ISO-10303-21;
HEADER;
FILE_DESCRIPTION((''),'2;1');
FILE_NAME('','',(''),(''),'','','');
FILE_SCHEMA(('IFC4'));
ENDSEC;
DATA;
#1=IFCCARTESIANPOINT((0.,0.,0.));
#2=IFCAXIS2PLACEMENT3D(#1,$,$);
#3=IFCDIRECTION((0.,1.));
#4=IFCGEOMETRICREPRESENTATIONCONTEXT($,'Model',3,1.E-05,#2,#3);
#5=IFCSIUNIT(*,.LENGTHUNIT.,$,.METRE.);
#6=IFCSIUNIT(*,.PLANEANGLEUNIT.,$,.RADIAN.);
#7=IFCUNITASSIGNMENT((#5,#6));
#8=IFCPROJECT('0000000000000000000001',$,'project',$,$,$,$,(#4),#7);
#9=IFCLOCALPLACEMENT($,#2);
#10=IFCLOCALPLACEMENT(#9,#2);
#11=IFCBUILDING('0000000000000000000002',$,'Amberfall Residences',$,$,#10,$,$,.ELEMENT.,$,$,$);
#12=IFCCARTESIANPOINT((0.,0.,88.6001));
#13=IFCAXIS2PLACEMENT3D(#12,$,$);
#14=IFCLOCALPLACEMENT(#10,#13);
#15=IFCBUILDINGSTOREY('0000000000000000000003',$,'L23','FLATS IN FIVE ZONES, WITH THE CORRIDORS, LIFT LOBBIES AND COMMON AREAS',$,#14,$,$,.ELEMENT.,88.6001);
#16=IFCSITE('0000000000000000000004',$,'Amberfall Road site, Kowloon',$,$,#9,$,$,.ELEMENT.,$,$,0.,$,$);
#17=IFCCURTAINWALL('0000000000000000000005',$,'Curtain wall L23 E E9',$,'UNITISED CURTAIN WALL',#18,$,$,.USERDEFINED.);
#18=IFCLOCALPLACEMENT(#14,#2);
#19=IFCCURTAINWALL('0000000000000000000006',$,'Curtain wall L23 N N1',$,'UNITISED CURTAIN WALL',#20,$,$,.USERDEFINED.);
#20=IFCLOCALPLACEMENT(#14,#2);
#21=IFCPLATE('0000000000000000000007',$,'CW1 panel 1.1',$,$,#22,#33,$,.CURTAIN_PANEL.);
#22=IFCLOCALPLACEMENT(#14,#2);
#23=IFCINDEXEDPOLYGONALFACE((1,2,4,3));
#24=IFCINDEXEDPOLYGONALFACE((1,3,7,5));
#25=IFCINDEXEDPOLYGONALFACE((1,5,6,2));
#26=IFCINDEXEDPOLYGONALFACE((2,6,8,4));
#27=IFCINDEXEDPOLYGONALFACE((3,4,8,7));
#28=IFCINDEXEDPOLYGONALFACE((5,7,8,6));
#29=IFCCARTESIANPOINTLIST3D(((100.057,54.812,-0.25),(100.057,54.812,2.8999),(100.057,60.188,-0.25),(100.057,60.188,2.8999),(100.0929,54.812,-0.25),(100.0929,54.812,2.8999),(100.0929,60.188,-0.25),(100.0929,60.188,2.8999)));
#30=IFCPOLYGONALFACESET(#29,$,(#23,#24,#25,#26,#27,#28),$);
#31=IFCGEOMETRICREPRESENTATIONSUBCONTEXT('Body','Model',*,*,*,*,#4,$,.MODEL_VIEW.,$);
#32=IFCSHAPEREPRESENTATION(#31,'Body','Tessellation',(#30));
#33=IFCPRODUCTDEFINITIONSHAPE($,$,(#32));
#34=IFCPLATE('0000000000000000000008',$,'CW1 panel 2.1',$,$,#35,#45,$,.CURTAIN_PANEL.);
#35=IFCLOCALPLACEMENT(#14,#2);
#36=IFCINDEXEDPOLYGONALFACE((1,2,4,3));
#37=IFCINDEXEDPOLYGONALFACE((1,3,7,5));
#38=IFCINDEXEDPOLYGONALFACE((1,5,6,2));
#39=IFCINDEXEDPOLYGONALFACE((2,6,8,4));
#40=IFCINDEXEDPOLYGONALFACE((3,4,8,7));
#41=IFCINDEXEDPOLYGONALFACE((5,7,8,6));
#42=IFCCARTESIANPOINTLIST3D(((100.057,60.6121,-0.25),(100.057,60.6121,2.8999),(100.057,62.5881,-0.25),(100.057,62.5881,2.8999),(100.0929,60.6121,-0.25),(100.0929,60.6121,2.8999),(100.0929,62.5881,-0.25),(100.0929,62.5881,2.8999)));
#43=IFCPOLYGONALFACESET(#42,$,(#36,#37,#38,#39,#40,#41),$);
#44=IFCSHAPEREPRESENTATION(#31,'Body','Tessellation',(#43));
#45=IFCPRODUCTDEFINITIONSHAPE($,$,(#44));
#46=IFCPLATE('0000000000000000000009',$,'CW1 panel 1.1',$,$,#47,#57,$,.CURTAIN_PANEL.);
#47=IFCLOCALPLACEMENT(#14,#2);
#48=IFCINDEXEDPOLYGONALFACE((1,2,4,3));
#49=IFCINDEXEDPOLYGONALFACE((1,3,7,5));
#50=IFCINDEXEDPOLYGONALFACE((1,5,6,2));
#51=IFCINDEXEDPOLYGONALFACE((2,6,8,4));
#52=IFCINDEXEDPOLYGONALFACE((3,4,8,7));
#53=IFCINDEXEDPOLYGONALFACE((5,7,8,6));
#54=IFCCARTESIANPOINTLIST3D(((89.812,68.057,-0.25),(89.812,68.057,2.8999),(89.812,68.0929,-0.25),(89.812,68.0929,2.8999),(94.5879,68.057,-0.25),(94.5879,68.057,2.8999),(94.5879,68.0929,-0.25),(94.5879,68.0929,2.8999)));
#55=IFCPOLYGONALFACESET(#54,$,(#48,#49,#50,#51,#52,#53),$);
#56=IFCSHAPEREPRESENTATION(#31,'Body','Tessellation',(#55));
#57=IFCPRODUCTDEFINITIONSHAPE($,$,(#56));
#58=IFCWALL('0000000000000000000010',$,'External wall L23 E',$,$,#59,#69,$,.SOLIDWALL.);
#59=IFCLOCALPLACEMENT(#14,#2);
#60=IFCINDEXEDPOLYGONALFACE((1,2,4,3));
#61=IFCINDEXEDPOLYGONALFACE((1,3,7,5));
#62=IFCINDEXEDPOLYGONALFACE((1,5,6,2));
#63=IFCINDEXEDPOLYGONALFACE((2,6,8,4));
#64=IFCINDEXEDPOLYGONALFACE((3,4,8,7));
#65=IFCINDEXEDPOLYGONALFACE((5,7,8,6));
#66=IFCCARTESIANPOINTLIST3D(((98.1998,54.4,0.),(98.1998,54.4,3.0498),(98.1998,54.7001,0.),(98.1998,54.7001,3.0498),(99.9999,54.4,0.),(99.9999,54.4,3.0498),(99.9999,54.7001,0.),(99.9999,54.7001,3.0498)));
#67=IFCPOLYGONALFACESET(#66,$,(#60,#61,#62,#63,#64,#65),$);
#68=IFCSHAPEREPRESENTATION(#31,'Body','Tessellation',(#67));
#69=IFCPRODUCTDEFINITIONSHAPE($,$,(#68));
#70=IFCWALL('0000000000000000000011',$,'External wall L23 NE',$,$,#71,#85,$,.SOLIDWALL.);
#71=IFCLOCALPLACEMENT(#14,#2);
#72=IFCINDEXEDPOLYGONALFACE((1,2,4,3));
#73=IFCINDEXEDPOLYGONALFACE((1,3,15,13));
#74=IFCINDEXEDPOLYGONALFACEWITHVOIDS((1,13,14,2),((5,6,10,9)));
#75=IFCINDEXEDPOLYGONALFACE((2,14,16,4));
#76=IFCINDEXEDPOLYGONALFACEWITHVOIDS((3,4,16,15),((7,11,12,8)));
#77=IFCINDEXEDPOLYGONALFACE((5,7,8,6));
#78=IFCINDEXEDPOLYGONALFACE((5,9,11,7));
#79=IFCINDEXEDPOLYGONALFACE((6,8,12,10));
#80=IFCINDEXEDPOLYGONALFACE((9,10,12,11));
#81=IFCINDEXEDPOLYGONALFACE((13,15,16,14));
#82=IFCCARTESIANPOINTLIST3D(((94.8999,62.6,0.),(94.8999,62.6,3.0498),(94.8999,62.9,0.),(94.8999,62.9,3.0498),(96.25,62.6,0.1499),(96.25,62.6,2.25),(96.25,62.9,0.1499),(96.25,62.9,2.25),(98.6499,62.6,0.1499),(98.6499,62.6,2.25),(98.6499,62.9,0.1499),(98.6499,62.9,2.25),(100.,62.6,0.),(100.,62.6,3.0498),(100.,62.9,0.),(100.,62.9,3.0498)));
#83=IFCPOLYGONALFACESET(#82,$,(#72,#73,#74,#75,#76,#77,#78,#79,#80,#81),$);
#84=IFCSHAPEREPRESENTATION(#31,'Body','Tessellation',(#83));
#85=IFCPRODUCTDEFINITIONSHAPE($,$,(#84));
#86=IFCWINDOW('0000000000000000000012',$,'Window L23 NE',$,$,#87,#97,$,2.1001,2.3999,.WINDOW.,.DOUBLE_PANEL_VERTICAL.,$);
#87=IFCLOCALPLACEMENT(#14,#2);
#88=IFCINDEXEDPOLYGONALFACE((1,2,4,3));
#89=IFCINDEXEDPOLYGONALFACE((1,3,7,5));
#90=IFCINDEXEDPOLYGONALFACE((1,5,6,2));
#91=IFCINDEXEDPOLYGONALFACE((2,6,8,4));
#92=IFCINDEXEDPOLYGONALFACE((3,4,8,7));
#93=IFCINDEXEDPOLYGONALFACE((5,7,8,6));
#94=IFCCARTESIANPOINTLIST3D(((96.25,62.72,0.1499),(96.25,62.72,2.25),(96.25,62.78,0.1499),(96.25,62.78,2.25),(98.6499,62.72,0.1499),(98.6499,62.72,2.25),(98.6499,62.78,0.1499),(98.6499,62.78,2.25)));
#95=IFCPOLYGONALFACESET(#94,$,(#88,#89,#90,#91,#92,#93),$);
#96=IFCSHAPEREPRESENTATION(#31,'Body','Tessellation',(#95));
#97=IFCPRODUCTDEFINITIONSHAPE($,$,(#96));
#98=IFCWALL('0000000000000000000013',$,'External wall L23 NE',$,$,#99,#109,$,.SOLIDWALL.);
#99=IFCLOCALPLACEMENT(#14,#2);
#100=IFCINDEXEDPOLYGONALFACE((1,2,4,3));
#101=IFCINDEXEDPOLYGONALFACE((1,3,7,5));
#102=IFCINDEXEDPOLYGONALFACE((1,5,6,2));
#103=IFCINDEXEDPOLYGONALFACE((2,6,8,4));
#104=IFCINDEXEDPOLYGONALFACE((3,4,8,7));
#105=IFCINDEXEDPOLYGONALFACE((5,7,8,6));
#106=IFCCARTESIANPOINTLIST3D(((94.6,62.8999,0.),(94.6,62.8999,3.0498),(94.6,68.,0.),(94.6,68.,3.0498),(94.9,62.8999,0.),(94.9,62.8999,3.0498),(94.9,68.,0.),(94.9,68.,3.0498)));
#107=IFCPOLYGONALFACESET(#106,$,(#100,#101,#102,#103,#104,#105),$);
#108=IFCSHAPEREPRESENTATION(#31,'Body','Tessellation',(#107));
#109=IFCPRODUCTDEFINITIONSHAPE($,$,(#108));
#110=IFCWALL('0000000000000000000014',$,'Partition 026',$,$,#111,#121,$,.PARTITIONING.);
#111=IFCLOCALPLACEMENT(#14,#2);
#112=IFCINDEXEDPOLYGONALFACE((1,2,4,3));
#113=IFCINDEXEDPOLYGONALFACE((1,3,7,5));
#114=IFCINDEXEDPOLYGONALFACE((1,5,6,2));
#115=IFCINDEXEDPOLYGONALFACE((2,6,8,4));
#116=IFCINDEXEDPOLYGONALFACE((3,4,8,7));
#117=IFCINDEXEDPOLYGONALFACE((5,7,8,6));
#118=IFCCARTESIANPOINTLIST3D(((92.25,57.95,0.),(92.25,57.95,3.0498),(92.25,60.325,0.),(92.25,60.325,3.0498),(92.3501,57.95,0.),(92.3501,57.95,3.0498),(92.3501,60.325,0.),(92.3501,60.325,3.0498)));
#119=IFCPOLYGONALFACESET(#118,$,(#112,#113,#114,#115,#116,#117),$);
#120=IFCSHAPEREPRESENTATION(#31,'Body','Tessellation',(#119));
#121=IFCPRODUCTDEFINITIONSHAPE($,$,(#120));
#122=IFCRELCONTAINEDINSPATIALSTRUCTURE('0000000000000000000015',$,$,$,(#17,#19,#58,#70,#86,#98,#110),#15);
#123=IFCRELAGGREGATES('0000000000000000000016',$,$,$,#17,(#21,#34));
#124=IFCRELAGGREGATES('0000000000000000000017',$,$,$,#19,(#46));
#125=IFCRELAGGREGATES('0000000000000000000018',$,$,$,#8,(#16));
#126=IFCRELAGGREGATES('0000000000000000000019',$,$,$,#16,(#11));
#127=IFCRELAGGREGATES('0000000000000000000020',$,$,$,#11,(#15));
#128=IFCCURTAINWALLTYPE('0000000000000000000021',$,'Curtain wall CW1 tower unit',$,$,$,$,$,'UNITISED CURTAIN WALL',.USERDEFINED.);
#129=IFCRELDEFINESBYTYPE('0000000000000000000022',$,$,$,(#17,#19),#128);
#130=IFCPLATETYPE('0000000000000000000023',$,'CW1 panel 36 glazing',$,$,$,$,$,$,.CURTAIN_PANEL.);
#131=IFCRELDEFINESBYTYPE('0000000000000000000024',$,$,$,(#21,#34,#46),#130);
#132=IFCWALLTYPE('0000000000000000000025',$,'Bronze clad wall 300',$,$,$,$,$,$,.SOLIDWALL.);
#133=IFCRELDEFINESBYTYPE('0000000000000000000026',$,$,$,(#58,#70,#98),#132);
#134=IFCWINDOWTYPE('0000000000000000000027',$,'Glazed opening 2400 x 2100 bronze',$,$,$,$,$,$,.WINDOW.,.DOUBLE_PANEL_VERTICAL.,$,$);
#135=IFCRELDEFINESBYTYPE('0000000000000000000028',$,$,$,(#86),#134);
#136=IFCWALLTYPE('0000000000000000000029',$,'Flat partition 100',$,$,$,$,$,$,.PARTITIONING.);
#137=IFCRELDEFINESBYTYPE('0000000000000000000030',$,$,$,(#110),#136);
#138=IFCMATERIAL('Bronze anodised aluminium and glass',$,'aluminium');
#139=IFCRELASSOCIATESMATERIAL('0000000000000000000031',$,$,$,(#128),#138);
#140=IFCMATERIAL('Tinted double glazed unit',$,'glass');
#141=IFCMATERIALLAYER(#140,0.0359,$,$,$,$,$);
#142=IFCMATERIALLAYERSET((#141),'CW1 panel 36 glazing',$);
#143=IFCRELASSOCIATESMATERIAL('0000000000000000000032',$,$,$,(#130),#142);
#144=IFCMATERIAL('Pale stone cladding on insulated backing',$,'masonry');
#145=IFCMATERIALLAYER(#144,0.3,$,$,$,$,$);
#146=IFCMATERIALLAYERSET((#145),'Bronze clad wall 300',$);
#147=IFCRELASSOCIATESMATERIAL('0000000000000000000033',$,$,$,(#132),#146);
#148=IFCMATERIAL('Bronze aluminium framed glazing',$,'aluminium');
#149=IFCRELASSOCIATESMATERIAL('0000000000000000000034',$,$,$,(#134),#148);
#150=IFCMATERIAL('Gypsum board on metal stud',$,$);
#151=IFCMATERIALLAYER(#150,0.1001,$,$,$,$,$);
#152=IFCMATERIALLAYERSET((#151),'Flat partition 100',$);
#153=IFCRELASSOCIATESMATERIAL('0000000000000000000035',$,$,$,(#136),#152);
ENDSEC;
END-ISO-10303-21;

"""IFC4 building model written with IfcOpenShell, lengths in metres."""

from ifc_helpers import new_model, si_unit, direction, frame, frame_2d, origin, origin_2d, place, context, subcontext, project, spatial, rectangle, extrude, material, layer, layer_set, type_object, element, fill, aggregate, save


model = new_model("IFC4")

# Units and contexts
model_context = context("Model", 3, precision=1e-05, world=origin(), true_north=direction((0.0, 1.0)))
body_context = subcontext(model_context, "Body", "Model", "MODEL_VIEW")
ifc_project = project(units=[si_unit("LENGTHUNIT", "METRE"), si_unit("PLANEANGLEUNIT", "RADIAN")], contexts=[model_context])

# Site, building, storey
site_placement = place(None, origin())
site = spatial("IfcSite", under=ifc_project, at=site_placement, Name="Amberfall Road site, Kowloon", CompositionType="ELEMENT", RefElevation=0.0)
building_placement = place(site_placement, origin())
building = spatial("IfcBuilding", under=site, at=building_placement, Name="Amberfall Residences", CompositionType="ELEMENT")
storey_placement = place(building_placement, frame((0.0, 0.0, 88.6001)))
storey = spatial("IfcBuildingStorey", under=building, at=storey_placement, Name="L23", Description="FLATS IN FIVE ZONES, WITH THE CORRIDORS, LIFT LOBBIES AND COMMON AREAS", CompositionType="ELEMENT", Elevation=88.6001)

# Curtain walls
ifc_material_1 = material(Name="Bronze anodised aluminium and glass", Category="aluminium")
curtain_wall_type = type_object("IfcCurtainWallType", Name="Curtain wall CW1 tower unit", ElementType="UNITISED CURTAIN WALL", PredefinedType="USERDEFINED", material=ifc_material_1)
curtain_wall_1_placement = place(storey_placement, origin())
curtain_wall_1 = element("IfcCurtainWall", 1, at=curtain_wall_1_placement, inside=storey, type_object=curtain_wall_type, Name="Curtain wall L23 E E9", ObjectType="UNITISED CURTAIN WALL", PredefinedType="USERDEFINED")
curtain_wall_2_placement = place(storey_placement, origin())
curtain_wall_2 = element("IfcCurtainWall", 2, at=curtain_wall_2_placement, inside=storey, type_object=curtain_wall_type, Name="Curtain wall L23 N N1", ObjectType="UNITISED CURTAIN WALL", PredefinedType="USERDEFINED")

# Plates
ifc_material_2 = material(Name="Tinted double glazed unit", Category="glass")
ifc_layer_1 = layer(ifc_material_2, 0.0359)
ifc_layer_set_1 = layer_set([ifc_layer_1], Name="CW1 panel 36 glazing")
plate_type = type_object("IfcPlateType", Name="CW1 panel 36 glazing", PredefinedType="CURTAIN_PANEL", material=ifc_layer_set_1)
plate_1_placement = place(storey_placement, frame((100.075, 57.5, -0.25), z_axis=(0.0, 0.0, 1.0), x_axis=(0.0, 1.0, 0.0)))
plate_1 = element("IfcPlate", 3, at=plate_1_placement, type_object=plate_type, Name="CW1 panel 1.1", PredefinedType="CURTAIN_PANEL", context=body_context, shape_type="SweptSolid", body=[
    extrude(rectangle(XDim=5.376, YDim=0.0359, at=origin_2d()), origin(), (0.0, 0.0, 1.0), 3.1499),
])
plate_2_placement = place(storey_placement, frame((100.075, 61.6001, -0.25), z_axis=(0.0, 0.0, 1.0), x_axis=(0.0, 1.0, 0.0)))
plate_2 = element("IfcPlate", 4, at=plate_2_placement, type_object=plate_type, Name="CW1 panel 2.1", PredefinedType="CURTAIN_PANEL", context=body_context, shape_type="SweptSolid", body=[
    extrude(rectangle(XDim=1.9761, YDim=0.0359, at=origin_2d()), origin(), (0.0, 0.0, 1.0), 3.1499),
])
aggregate(curtain_wall_1, [plate_1, plate_2])
plate_3_placement = place(storey_placement, frame((92.2, 68.075, -0.25), z_axis=(0.0, 0.0, 1.0), x_axis=(-1.0, 0.0, 0.0)))
plate_3 = element("IfcPlate", 5, at=plate_3_placement, type_object=plate_type, Name="CW1 panel 1.1", PredefinedType="CURTAIN_PANEL", context=body_context, shape_type="SweptSolid", body=[
    extrude(rectangle(XDim=4.7759, YDim=0.0359, at=origin_2d()), origin(), (0.0, 0.0, 1.0), 3.1499),
])
aggregate(curtain_wall_2, [plate_3])

# Wall
ifc_material_3 = material(Name="Pale stone cladding on insulated backing", Category="masonry")
ifc_layer_2 = layer(ifc_material_3, 0.3)
ifc_layer_set_2 = layer_set([ifc_layer_2], Name="Bronze clad wall 300")
wall_type_1 = type_object("IfcWallType", Name="Bronze clad wall 300", PredefinedType="SOLIDWALL", material=ifc_layer_set_2)
wall_1_placement = place(storey_placement, frame((98.2, 54.55, 0.0), z_axis=(0.0, 0.0, 1.0), x_axis=(1.0, 0.0, 0.0)))
element("IfcWall", 6, at=wall_1_placement, inside=storey, type_object=wall_type_1, Name="External wall L23 E", PredefinedType="SOLIDWALL", context=body_context, shape_type="SweptSolid", body=[
    extrude(rectangle(XDim=1.8, YDim=0.3, at=frame_2d((0.8999, 0.0))), origin(), (0.0, 0.0, 1.0), 3.0498),
])

# Wall, opening, window
wall_2_placement = place(storey_placement, frame((100.0, 62.75, 0.0), z_axis=(0.0, 0.0, 1.0), x_axis=(-1.0, 0.0, 0.0)))
wall_2 = element("IfcWall", 7, at=wall_2_placement, inside=storey, type_object=wall_type_1, Name="External wall L23 NE", PredefinedType="SOLIDWALL", context=body_context, shape_type="SweptSolid", body=[
    extrude(rectangle(XDim=5.1001, YDim=0.3, at=frame_2d((2.55, 0.0))), origin(), (0.0, 0.0, 1.0), 3.0498),
])
opening_placement = place(wall_2_placement, frame((1.3501, 0.0, 0.1499)))
opening = element("IfcOpeningElement", 8, at=opening_placement, cuts=wall_2, PredefinedType="OPENING", context=body_context, shape_type="SweptSolid", body=[
    extrude(rectangle(XDim=2.3999, YDim=2.1001, at=frame_2d((1.2, 1.05))), frame((0.0, 0.1599, 0.0), z_axis=(0.0, -1.0, 0.0), x_axis=(1.0, 0.0, 0.0)), (0.0, 0.0, 1.0), 0.3201),
])
ifc_material_4 = material(Name="Bronze aluminium framed glazing", Category="aluminium")
window_type = type_object("IfcWindowType", Name="Glazed opening 2400 x 2100 bronze", PartitioningType="DOUBLE_PANEL_VERTICAL", PredefinedType="WINDOW", material=ifc_material_4)
window_placement = place(opening_placement, origin())
window = element("IfcWindow", 9, at=window_placement, inside=storey, type_object=window_type, Name="Window L23 NE", OverallHeight=2.1001, OverallWidth=2.3999, PartitioningType="DOUBLE_PANEL_VERTICAL", PredefinedType="WINDOW", context=body_context, shape_type="SweptSolid", body=[
    extrude(rectangle(XDim=2.3999, YDim=2.1001, at=frame_2d((1.2, 1.05))), frame((0.0, 0.03, 0.0), z_axis=(0.0, -1.0, 0.0), x_axis=(1.0, 0.0, 0.0)), (0.0, 0.0, 1.0), 0.0601),
])
fill(opening, window)

# Walls
wall_3_placement = place(storey_placement, frame((94.75, 62.8999, 0.0), z_axis=(0.0, 0.0, 1.0), x_axis=(0.0, 1.0, 0.0)))
element("IfcWall", 10, at=wall_3_placement, inside=storey, type_object=wall_type_1, Name="External wall L23 NE", PredefinedType="SOLIDWALL", context=body_context, shape_type="SweptSolid", body=[
    extrude(rectangle(XDim=5.1001, YDim=0.3, at=frame_2d((2.55, 0.0))), origin(), (0.0, 0.0, 1.0), 3.0498),
])
ifc_material_5 = material(Name="Gypsum board on metal stud")
ifc_layer_3 = layer(ifc_material_5, 0.1001)
ifc_layer_set_3 = layer_set([ifc_layer_3], Name="Flat partition 100")
wall_type_2 = type_object("IfcWallType", Name="Flat partition 100", PredefinedType="PARTITIONING", material=ifc_layer_set_3)
wall_4_placement = place(storey_placement, frame((92.3, 57.95, 0.0), z_axis=(0.0, 0.0, 1.0), x_axis=(0.0, 1.0, 0.0)))
element("IfcWall", 11, at=wall_4_placement, inside=storey, type_object=wall_type_2, Name="Partition 026", PredefinedType="PARTITIONING", context=body_context, shape_type="SweptSolid", body=[
    extrude(rectangle(XDim=2.375, YDim=0.1001, at=frame_2d((1.1875, 0.0))), origin(), (0.0, 0.0, 1.0), 3.0498),
])

save(model, "model.ifc")
